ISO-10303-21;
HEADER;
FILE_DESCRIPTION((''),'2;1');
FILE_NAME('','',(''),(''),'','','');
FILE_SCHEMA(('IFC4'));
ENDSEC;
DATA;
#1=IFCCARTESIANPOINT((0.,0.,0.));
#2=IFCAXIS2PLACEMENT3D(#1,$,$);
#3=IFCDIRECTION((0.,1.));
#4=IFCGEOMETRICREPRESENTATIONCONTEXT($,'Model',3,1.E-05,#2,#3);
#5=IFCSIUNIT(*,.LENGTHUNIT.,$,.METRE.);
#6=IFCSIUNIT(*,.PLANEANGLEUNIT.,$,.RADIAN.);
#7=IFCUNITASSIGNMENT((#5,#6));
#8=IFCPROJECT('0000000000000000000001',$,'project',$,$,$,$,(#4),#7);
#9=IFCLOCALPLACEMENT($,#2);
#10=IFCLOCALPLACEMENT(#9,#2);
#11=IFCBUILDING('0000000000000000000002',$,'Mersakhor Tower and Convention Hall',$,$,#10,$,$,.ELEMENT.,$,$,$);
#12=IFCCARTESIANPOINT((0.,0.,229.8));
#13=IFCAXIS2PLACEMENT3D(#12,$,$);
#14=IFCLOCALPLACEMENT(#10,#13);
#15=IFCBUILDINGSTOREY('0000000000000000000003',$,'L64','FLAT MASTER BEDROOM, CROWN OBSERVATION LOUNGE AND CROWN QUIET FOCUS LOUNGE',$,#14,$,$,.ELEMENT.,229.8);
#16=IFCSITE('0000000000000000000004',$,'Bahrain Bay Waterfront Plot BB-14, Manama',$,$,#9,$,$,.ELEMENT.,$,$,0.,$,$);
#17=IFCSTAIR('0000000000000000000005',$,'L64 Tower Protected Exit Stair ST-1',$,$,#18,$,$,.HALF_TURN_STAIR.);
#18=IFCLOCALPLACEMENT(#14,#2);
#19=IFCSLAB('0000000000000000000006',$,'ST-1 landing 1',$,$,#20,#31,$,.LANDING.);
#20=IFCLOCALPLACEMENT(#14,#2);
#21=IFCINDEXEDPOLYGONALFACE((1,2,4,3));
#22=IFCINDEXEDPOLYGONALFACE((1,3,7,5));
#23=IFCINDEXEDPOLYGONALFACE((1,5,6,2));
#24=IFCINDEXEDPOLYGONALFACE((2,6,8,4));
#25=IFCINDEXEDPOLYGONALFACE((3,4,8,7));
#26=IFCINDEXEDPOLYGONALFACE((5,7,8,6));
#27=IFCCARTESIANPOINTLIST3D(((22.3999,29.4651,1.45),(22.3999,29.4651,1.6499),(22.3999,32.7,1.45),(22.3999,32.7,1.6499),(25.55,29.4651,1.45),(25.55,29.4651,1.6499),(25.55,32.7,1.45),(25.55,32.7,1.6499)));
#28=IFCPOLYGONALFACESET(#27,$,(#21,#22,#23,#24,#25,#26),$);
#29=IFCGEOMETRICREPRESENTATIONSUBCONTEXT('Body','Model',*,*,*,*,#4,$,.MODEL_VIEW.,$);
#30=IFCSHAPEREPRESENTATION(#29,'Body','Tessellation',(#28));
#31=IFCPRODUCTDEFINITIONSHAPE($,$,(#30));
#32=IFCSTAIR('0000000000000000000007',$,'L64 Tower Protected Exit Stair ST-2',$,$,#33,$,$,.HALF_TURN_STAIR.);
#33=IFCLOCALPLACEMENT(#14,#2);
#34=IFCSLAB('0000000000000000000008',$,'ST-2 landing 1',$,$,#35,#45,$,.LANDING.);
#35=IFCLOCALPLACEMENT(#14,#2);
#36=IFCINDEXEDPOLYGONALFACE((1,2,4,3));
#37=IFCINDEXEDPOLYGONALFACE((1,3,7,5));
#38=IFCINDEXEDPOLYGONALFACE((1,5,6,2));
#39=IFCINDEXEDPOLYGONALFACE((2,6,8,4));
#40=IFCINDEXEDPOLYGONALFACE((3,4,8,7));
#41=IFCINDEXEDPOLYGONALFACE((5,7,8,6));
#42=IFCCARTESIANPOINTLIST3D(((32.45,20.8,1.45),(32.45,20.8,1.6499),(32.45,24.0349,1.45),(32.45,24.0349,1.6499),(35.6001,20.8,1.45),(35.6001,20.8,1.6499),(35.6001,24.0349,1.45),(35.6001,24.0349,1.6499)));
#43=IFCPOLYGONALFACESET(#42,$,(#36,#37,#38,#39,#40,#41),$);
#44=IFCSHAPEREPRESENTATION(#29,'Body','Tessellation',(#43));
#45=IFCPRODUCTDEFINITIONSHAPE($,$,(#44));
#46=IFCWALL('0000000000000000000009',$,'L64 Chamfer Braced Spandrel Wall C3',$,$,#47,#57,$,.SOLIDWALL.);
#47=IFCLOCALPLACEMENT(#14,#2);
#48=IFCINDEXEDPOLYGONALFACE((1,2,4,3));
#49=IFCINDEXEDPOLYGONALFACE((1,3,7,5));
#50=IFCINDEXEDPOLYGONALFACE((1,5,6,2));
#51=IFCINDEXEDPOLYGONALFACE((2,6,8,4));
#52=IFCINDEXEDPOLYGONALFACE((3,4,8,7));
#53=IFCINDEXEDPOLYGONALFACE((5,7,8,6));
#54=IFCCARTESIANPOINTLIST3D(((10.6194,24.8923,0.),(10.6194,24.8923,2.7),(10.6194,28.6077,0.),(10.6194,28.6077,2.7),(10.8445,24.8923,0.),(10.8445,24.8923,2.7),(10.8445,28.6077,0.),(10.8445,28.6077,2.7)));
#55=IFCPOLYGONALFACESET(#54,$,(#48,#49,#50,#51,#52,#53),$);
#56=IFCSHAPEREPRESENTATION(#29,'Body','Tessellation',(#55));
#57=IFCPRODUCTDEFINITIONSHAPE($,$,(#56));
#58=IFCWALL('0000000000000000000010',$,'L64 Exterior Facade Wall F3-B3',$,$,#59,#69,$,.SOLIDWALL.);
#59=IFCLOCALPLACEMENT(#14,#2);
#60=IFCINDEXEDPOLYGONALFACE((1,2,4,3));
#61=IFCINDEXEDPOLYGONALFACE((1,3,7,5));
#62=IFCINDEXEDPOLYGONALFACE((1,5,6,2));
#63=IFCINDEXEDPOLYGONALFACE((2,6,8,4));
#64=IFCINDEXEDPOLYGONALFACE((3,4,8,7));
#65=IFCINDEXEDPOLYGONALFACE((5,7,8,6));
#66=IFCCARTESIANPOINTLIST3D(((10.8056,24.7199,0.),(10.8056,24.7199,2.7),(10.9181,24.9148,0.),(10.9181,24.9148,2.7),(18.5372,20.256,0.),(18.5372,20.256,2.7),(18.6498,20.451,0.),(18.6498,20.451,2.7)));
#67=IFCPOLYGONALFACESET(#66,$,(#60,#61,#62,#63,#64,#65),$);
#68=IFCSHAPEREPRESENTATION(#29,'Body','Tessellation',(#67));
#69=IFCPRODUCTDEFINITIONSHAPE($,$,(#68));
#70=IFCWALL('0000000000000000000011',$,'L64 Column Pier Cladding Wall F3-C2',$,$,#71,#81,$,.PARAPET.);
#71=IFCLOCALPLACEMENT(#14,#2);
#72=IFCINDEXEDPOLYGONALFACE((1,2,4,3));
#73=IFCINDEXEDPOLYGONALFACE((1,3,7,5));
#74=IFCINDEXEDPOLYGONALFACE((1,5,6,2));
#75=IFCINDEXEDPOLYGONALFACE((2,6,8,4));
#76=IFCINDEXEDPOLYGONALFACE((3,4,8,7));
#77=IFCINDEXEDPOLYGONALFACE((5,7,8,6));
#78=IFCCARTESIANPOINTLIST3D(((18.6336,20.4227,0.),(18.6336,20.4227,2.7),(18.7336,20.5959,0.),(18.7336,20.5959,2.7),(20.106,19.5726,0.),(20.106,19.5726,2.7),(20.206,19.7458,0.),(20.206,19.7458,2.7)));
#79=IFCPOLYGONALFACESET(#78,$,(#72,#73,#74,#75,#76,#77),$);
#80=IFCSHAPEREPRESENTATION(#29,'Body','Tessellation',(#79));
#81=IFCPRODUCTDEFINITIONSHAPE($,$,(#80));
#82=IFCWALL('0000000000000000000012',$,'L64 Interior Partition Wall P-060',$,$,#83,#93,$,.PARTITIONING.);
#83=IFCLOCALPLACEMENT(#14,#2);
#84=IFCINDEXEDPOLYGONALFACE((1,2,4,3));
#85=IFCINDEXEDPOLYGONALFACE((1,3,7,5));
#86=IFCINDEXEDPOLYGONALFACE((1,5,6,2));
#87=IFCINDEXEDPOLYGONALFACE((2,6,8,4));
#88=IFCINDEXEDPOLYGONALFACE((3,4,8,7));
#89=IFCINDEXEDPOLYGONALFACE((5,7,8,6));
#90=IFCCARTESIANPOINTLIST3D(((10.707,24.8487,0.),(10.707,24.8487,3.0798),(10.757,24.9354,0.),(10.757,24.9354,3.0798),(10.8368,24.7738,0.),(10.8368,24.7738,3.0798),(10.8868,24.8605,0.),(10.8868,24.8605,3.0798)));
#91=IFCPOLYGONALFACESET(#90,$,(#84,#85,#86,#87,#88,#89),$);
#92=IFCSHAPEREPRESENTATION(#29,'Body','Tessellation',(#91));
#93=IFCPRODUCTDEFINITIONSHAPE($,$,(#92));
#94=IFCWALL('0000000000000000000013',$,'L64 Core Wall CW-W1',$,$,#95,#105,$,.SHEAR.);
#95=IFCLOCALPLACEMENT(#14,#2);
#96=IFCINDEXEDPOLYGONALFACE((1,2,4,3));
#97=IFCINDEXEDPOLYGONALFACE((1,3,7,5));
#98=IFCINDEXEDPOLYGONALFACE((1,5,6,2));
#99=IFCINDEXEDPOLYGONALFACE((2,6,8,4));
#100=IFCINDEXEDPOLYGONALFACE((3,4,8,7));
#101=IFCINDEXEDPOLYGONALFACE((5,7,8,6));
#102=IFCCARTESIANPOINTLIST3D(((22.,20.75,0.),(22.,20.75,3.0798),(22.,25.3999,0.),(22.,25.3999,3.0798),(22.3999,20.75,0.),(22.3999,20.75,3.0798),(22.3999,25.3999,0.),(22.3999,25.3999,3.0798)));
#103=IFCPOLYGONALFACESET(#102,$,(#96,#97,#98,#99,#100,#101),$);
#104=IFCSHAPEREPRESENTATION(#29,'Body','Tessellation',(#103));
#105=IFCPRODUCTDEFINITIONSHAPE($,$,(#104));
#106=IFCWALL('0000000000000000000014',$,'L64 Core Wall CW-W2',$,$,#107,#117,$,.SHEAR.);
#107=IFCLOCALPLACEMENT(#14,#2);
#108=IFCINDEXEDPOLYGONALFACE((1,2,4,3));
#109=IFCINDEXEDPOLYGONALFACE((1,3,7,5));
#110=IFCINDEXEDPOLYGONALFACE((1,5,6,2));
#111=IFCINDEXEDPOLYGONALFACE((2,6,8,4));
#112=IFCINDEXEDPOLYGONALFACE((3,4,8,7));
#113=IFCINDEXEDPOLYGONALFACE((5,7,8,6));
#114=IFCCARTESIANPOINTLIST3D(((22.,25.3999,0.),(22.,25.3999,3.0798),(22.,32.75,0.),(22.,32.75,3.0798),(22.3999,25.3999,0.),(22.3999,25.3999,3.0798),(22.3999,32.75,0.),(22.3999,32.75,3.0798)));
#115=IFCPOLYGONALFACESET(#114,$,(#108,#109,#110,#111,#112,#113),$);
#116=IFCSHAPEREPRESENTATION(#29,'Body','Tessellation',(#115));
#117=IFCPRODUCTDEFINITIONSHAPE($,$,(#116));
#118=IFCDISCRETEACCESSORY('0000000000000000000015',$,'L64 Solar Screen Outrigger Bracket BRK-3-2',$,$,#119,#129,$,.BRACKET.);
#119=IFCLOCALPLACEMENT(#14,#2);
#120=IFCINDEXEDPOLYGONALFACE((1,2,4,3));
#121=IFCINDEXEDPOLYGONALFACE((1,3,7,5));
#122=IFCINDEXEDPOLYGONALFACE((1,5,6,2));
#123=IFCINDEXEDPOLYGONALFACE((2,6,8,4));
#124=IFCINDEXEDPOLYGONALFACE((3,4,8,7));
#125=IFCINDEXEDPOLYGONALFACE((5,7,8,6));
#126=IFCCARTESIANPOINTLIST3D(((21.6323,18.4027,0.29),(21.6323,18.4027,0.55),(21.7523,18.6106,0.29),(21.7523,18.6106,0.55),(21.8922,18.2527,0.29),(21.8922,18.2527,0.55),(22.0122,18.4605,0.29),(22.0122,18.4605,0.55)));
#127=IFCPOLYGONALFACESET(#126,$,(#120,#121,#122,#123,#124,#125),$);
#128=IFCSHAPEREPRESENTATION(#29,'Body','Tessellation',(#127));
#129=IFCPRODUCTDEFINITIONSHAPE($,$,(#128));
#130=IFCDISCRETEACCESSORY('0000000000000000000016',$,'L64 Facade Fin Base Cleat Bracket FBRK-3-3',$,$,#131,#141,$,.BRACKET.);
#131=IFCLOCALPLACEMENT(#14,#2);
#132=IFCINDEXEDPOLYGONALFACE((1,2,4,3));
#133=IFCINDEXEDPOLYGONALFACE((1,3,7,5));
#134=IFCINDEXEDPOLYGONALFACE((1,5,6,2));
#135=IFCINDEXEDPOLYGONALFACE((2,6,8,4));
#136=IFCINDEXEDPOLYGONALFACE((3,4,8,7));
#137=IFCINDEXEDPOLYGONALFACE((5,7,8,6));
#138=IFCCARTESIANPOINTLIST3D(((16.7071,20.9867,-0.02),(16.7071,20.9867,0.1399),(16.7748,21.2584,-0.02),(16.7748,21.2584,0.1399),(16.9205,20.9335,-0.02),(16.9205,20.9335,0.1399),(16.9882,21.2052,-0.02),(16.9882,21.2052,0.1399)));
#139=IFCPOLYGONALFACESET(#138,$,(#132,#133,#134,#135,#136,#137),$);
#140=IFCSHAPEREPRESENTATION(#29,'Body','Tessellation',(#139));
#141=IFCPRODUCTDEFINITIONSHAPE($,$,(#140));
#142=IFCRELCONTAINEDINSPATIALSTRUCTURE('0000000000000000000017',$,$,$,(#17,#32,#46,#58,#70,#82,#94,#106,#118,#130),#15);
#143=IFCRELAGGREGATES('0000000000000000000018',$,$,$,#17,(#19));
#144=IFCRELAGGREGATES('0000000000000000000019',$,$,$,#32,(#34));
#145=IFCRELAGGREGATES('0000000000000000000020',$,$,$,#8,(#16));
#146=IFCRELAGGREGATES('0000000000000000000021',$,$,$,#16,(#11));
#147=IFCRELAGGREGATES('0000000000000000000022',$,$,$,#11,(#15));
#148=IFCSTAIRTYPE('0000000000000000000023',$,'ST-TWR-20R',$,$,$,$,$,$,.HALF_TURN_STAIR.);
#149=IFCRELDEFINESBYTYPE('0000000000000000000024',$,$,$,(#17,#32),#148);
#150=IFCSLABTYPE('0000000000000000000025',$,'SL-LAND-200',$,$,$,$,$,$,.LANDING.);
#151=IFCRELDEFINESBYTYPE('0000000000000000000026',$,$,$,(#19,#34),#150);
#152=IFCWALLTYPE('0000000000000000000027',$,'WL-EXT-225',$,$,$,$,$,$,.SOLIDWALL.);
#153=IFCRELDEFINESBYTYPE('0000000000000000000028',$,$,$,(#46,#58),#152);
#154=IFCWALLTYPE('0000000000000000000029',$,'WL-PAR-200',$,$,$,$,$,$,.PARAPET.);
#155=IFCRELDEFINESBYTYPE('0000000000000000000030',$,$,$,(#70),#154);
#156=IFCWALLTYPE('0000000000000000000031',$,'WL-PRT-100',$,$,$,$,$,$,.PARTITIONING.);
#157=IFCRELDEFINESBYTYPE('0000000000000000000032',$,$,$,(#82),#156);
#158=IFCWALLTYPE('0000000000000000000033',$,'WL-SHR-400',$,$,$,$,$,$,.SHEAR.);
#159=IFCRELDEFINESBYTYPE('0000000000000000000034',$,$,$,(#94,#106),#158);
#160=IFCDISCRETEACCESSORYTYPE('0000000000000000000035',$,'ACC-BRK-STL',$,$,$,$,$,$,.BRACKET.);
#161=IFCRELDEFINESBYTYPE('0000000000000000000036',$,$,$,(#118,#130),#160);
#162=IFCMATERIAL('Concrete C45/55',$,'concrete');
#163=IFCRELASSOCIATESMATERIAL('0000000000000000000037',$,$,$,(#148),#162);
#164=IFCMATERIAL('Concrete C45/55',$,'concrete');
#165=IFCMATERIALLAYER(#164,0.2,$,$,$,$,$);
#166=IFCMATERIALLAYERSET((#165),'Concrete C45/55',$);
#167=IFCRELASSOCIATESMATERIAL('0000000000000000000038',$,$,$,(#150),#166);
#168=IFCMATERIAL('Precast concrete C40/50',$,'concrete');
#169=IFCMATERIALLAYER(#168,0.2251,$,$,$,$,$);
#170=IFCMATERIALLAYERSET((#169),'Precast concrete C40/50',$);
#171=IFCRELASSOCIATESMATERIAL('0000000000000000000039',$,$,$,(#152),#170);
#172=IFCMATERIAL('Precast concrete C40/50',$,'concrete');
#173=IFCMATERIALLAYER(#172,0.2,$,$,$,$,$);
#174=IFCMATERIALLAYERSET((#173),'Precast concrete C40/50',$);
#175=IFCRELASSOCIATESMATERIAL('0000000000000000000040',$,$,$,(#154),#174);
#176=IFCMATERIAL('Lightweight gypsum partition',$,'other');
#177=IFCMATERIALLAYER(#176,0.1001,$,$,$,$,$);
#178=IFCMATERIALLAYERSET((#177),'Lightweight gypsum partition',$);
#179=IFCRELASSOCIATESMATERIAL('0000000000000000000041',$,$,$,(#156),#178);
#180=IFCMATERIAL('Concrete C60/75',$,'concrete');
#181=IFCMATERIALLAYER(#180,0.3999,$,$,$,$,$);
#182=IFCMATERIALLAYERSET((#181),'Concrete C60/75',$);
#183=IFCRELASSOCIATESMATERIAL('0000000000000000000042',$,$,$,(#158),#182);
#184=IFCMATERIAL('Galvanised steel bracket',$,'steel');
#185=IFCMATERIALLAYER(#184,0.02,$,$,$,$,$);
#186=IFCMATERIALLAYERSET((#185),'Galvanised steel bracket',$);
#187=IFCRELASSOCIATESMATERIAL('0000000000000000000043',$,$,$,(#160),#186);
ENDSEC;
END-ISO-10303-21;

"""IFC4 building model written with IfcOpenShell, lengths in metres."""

from ifc_helpers import new_model, si_unit, direction, frame, frame_2d, origin, origin_2d, place, context, subcontext, project, spatial, polyline, rectangle, outline, extrude, material, layer, layer_set, type_object, element, aggregate, save


model = new_model("IFC4")

# Units and contexts
model_context = context("Model", 3, precision=1e-05, world=origin(), true_north=direction((0.0, 1.0)))
body_context = subcontext(model_context, "Body", "Model", "MODEL_VIEW")
ifc_project = project(units=[si_unit("LENGTHUNIT", "METRE"), si_unit("PLANEANGLEUNIT", "RADIAN")], contexts=[model_context])

# Site, building, storey
site_placement = place(None, origin())
site = spatial("IfcSite", under=ifc_project, at=site_placement, Name="Bahrain Bay Waterfront Plot BB-14, Manama", CompositionType="ELEMENT", RefElevation=0.0)
building_placement = place(site_placement, origin())
building = spatial("IfcBuilding", under=site, at=building_placement, Name="Mersakhor Tower and Convention Hall", CompositionType="ELEMENT")
storey_placement = place(building_placement, frame((0.0, 0.0, 229.8)))
storey = spatial("IfcBuildingStorey", under=building, at=storey_placement, Name="L64", Description="FLAT MASTER BEDROOM, CROWN OBSERVATION LOUNGE AND CROWN QUIET FOCUS LOUNGE", CompositionType="ELEMENT", Elevation=229.8)

# Stairs, slabs
ifc_material_1 = material(Name="Concrete C45/55", Category="concrete")
stair_type = type_object("IfcStairType", Name="ST-TWR-20R", PredefinedType="HALF_TURN_STAIR", material=ifc_material_1)
stair_1_placement = place(storey_placement, origin())
stair_1 = element("IfcStair", 1, at=stair_1_placement, inside=storey, type_object=stair_type, Name="L64 Tower Protected Exit Stair ST-1", PredefinedType="HALF_TURN_STAIR")
ifc_material_2 = material(Name="Concrete C45/55", Category="concrete")
ifc_layer_1 = layer(ifc_material_2, 0.2)
ifc_layer_set_1 = layer_set([ifc_layer_1], Name="Concrete C45/55")
slab_type_1 = type_object("IfcSlabType", Name="SL-LAND-200", PredefinedType="LANDING", material=ifc_layer_set_1)
slab_1_placement = place(storey_placement, frame((0.0, 0.0, 1.45)))
slab_1 = element("IfcSlab", 2, at=slab_1_placement, type_object=slab_type_1, Name="ST-1 landing 1", PredefinedType="LANDING", context=body_context, shape_type="SweptSolid", body=[
    extrude(outline(polyline([(25.55, 29.4651), (25.55, 32.7), (22.3999, 32.7), (22.3999, 29.4651), (25.55, 29.4651)])), origin(), (0.0, 0.0, 1.0), 0.2),
])
aggregate(stair_1, [slab_1])
stair_2_placement = place(storey_placement, origin())
stair_2 = element("IfcStair", 3, at=stair_2_placement, inside=storey, type_object=stair_type, Name="L64 Tower Protected Exit Stair ST-2", PredefinedType="HALF_TURN_STAIR")
slab_2_placement = place(storey_placement, frame((0.0, 0.0, 1.45)))
slab_2 = element("IfcSlab", 4, at=slab_2_placement, type_object=slab_type_1, Name="ST-2 landing 1", PredefinedType="LANDING", context=body_context, shape_type="SweptSolid", body=[
    extrude(outline(polyline([(32.45, 24.0349), (32.45, 20.8), (35.6001, 20.8), (35.6001, 24.0349), (32.45, 24.0349)])), origin(), (0.0, 0.0, 1.0), 0.2),
])
aggregate(stair_2, [slab_2])

# Walls
ifc_material_3 = material(Name="Precast concrete C40/50", Category="concrete")
ifc_layer_2 = layer(ifc_material_3, 0.2251)
ifc_layer_set_2 = layer_set([ifc_layer_2], Name="Precast concrete C40/50")
wall_type_1 = type_object("IfcWallType", Name="WL-EXT-225", PredefinedType="SOLIDWALL", material=ifc_layer_set_2)
wall_1_placement = place(storey_placement, frame((10.7319, 24.8923, 0.0), z_axis=(0.0, 0.0, 1.0), x_axis=(0.0, 1.0, 0.0)))
element("IfcWall", 5, at=wall_1_placement, inside=storey, type_object=wall_type_1, Name="L64 Chamfer Braced Spandrel Wall C3", PredefinedType="SOLIDWALL", context=body_context, shape_type="SweptSolid", body=[
    extrude(rectangle(XDim=3.7153, YDim=0.2251, at=frame_2d((1.8577, 0.0))), origin(), (0.0, 0.0, 1.0), 2.7),
])
wall_2_placement = place(storey_placement, frame((18.5935, 20.3535, 0.0), z_axis=(0.0, 0.0, 1.0), x_axis=(-0.866027, 0.499998, 0.0)))
element("IfcWall", 6, at=wall_2_placement, inside=storey, type_object=wall_type_1, Name="L64 Exterior Facade Wall F3-B3", PredefinedType="SOLIDWALL", context=body_context, shape_type="SweptSolid", body=[
    extrude(rectangle(XDim=8.9277, YDim=0.2251, at=frame_2d((4.4639, 0.0))), origin(), (0.0, 0.0, 1.0), 2.7),
])
ifc_material_4 = material(Name="Precast concrete C40/50", Category="concrete")
ifc_layer_3 = layer(ifc_material_4, 0.2)
ifc_layer_set_3 = layer_set([ifc_layer_3], Name="Precast concrete C40/50")
wall_type_2 = type_object("IfcWallType", Name="WL-PAR-200", PredefinedType="PARAPET", material=ifc_layer_set_3)
wall_3_placement = place(storey_placement, frame((20.156, 19.6592, 0.0), z_axis=(0.0, 0.0, 1.0), x_axis=(-0.866025, 0.5, 0.0)))
element("IfcWall", 7, at=wall_3_placement, inside=storey, type_object=wall_type_2, Name="L64 Column Pier Cladding Wall F3-C2", PredefinedType="PARAPET", context=body_context, shape_type="SweptSolid", body=[
    extrude(rectangle(XDim=1.7002, YDim=0.2, at=frame_2d((0.8501, 0.0))), origin(), (0.0, 0.0, 1.0), 2.7),
])
ifc_material_5 = material(Name="Lightweight gypsum partition", Category="other")
ifc_layer_4 = layer(ifc_material_5, 0.1001)
ifc_layer_set_4 = layer_set([ifc_layer_4], Name="Lightweight gypsum partition")
wall_type_3 = type_object("IfcWallType", Name="WL-PRT-100", PredefinedType="PARTITIONING", material=ifc_layer_set_4)
wall_4_placement = place(storey_placement, frame((10.8618, 24.8171, 0.0), z_axis=(0.0, 0.0, 1.0), x_axis=(-0.866131, 0.499816, 0.0)))
element("IfcWall", 8, at=wall_4_placement, inside=storey, type_object=wall_type_3, Name="L64 Interior Partition Wall P-060", PredefinedType="PARTITIONING", context=body_context, shape_type="SweptSolid", body=[
    extrude(rectangle(XDim=0.1499, YDim=0.1001, at=frame_2d((0.075, 0.0))), origin(), (0.0, 0.0, 1.0), 3.0798),
])
ifc_material_6 = material(Name="Concrete C60/75", Category="concrete")
ifc_layer_5 = layer(ifc_material_6, 0.3999)
ifc_layer_set_5 = layer_set([ifc_layer_5], Name="Concrete C60/75")
wall_type_4 = type_object("IfcWallType", Name="WL-SHR-400", PredefinedType="SHEAR", material=ifc_layer_set_5)
wall_5_placement = place(storey_placement, frame((22.2, 20.75, 0.0), z_axis=(0.0, 0.0, 1.0), x_axis=(0.0, 1.0, 0.0)))
element("IfcWall", 9, at=wall_5_placement, inside=storey, type_object=wall_type_4, Name="L64 Core Wall CW-W1", PredefinedType="SHEAR", context=body_context, shape_type="SweptSolid", body=[
    extrude(rectangle(XDim=4.6499, YDim=0.3999, at=frame_2d((2.325, 0.0))), origin(), (0.0, 0.0, 1.0), 3.0798),
])
wall_6_placement = place(storey_placement, frame((22.2, 25.3999, 0.0), z_axis=(0.0, 0.0, 1.0), x_axis=(0.0, 1.0, 0.0)))
element("IfcWall", 10, at=wall_6_placement, inside=storey, type_object=wall_type_4, Name="L64 Core Wall CW-W2", PredefinedType="SHEAR", context=body_context, shape_type="SweptSolid", body=[
    extrude(rectangle(XDim=7.3501, YDim=0.3999, at=frame_2d((3.675, 0.0))), origin(), (0.0, 0.0, 1.0), 3.0798),
])

# Discrete accessories
ifc_material_7 = material(Name="Galvanised steel bracket", Category="steel")
ifc_layer_6 = layer(ifc_material_7, 0.02)
ifc_layer_set_6 = layer_set([ifc_layer_6], Name="Galvanised steel bracket")
discrete_accessory_type = type_object("IfcDiscreteAccessoryType", Name="ACC-BRK-STL", PredefinedType="BRACKET", material=ifc_layer_set_6)
discrete_accessory_1_placement = place(storey_placement, frame((21.8223, 18.4316, 0.29), z_axis=(0.0, 0.0, 1.0), x_axis=(-0.866025, 0.5, 0.0)))
element("IfcDiscreteAccessory", 11, at=discrete_accessory_1_placement, inside=storey, type_object=discrete_accessory_type, Name="L64 Solar Screen Outrigger Bracket BRK-3-2", PredefinedType="BRACKET", context=body_context, shape_type="SweptSolid", body=[
    extrude(rectangle(XDim=0.3, YDim=0.24, at=origin_2d()), origin(), (0.0, 0.0, 1.0), 0.26),
])
discrete_accessory_2_placement = place(storey_placement, frame((16.8477, 21.0959, -0.02), z_axis=(0.0, 0.0, 1.0), x_axis=(-0.241922, -0.970296, 0.0)))
element("IfcDiscreteAccessory", 12, at=discrete_accessory_2_placement, inside=storey, type_object=discrete_accessory_type, Name="L64 Facade Fin Base Cleat Bracket FBRK-3-3", PredefinedType="BRACKET", context=body_context, shape_type="SweptSolid", body=[
    extrude(rectangle(XDim=0.28, YDim=0.22, at=origin_2d()), origin(), (0.0, 0.0, 1.0), 0.1599),
])

save(model, "model.ifc")
